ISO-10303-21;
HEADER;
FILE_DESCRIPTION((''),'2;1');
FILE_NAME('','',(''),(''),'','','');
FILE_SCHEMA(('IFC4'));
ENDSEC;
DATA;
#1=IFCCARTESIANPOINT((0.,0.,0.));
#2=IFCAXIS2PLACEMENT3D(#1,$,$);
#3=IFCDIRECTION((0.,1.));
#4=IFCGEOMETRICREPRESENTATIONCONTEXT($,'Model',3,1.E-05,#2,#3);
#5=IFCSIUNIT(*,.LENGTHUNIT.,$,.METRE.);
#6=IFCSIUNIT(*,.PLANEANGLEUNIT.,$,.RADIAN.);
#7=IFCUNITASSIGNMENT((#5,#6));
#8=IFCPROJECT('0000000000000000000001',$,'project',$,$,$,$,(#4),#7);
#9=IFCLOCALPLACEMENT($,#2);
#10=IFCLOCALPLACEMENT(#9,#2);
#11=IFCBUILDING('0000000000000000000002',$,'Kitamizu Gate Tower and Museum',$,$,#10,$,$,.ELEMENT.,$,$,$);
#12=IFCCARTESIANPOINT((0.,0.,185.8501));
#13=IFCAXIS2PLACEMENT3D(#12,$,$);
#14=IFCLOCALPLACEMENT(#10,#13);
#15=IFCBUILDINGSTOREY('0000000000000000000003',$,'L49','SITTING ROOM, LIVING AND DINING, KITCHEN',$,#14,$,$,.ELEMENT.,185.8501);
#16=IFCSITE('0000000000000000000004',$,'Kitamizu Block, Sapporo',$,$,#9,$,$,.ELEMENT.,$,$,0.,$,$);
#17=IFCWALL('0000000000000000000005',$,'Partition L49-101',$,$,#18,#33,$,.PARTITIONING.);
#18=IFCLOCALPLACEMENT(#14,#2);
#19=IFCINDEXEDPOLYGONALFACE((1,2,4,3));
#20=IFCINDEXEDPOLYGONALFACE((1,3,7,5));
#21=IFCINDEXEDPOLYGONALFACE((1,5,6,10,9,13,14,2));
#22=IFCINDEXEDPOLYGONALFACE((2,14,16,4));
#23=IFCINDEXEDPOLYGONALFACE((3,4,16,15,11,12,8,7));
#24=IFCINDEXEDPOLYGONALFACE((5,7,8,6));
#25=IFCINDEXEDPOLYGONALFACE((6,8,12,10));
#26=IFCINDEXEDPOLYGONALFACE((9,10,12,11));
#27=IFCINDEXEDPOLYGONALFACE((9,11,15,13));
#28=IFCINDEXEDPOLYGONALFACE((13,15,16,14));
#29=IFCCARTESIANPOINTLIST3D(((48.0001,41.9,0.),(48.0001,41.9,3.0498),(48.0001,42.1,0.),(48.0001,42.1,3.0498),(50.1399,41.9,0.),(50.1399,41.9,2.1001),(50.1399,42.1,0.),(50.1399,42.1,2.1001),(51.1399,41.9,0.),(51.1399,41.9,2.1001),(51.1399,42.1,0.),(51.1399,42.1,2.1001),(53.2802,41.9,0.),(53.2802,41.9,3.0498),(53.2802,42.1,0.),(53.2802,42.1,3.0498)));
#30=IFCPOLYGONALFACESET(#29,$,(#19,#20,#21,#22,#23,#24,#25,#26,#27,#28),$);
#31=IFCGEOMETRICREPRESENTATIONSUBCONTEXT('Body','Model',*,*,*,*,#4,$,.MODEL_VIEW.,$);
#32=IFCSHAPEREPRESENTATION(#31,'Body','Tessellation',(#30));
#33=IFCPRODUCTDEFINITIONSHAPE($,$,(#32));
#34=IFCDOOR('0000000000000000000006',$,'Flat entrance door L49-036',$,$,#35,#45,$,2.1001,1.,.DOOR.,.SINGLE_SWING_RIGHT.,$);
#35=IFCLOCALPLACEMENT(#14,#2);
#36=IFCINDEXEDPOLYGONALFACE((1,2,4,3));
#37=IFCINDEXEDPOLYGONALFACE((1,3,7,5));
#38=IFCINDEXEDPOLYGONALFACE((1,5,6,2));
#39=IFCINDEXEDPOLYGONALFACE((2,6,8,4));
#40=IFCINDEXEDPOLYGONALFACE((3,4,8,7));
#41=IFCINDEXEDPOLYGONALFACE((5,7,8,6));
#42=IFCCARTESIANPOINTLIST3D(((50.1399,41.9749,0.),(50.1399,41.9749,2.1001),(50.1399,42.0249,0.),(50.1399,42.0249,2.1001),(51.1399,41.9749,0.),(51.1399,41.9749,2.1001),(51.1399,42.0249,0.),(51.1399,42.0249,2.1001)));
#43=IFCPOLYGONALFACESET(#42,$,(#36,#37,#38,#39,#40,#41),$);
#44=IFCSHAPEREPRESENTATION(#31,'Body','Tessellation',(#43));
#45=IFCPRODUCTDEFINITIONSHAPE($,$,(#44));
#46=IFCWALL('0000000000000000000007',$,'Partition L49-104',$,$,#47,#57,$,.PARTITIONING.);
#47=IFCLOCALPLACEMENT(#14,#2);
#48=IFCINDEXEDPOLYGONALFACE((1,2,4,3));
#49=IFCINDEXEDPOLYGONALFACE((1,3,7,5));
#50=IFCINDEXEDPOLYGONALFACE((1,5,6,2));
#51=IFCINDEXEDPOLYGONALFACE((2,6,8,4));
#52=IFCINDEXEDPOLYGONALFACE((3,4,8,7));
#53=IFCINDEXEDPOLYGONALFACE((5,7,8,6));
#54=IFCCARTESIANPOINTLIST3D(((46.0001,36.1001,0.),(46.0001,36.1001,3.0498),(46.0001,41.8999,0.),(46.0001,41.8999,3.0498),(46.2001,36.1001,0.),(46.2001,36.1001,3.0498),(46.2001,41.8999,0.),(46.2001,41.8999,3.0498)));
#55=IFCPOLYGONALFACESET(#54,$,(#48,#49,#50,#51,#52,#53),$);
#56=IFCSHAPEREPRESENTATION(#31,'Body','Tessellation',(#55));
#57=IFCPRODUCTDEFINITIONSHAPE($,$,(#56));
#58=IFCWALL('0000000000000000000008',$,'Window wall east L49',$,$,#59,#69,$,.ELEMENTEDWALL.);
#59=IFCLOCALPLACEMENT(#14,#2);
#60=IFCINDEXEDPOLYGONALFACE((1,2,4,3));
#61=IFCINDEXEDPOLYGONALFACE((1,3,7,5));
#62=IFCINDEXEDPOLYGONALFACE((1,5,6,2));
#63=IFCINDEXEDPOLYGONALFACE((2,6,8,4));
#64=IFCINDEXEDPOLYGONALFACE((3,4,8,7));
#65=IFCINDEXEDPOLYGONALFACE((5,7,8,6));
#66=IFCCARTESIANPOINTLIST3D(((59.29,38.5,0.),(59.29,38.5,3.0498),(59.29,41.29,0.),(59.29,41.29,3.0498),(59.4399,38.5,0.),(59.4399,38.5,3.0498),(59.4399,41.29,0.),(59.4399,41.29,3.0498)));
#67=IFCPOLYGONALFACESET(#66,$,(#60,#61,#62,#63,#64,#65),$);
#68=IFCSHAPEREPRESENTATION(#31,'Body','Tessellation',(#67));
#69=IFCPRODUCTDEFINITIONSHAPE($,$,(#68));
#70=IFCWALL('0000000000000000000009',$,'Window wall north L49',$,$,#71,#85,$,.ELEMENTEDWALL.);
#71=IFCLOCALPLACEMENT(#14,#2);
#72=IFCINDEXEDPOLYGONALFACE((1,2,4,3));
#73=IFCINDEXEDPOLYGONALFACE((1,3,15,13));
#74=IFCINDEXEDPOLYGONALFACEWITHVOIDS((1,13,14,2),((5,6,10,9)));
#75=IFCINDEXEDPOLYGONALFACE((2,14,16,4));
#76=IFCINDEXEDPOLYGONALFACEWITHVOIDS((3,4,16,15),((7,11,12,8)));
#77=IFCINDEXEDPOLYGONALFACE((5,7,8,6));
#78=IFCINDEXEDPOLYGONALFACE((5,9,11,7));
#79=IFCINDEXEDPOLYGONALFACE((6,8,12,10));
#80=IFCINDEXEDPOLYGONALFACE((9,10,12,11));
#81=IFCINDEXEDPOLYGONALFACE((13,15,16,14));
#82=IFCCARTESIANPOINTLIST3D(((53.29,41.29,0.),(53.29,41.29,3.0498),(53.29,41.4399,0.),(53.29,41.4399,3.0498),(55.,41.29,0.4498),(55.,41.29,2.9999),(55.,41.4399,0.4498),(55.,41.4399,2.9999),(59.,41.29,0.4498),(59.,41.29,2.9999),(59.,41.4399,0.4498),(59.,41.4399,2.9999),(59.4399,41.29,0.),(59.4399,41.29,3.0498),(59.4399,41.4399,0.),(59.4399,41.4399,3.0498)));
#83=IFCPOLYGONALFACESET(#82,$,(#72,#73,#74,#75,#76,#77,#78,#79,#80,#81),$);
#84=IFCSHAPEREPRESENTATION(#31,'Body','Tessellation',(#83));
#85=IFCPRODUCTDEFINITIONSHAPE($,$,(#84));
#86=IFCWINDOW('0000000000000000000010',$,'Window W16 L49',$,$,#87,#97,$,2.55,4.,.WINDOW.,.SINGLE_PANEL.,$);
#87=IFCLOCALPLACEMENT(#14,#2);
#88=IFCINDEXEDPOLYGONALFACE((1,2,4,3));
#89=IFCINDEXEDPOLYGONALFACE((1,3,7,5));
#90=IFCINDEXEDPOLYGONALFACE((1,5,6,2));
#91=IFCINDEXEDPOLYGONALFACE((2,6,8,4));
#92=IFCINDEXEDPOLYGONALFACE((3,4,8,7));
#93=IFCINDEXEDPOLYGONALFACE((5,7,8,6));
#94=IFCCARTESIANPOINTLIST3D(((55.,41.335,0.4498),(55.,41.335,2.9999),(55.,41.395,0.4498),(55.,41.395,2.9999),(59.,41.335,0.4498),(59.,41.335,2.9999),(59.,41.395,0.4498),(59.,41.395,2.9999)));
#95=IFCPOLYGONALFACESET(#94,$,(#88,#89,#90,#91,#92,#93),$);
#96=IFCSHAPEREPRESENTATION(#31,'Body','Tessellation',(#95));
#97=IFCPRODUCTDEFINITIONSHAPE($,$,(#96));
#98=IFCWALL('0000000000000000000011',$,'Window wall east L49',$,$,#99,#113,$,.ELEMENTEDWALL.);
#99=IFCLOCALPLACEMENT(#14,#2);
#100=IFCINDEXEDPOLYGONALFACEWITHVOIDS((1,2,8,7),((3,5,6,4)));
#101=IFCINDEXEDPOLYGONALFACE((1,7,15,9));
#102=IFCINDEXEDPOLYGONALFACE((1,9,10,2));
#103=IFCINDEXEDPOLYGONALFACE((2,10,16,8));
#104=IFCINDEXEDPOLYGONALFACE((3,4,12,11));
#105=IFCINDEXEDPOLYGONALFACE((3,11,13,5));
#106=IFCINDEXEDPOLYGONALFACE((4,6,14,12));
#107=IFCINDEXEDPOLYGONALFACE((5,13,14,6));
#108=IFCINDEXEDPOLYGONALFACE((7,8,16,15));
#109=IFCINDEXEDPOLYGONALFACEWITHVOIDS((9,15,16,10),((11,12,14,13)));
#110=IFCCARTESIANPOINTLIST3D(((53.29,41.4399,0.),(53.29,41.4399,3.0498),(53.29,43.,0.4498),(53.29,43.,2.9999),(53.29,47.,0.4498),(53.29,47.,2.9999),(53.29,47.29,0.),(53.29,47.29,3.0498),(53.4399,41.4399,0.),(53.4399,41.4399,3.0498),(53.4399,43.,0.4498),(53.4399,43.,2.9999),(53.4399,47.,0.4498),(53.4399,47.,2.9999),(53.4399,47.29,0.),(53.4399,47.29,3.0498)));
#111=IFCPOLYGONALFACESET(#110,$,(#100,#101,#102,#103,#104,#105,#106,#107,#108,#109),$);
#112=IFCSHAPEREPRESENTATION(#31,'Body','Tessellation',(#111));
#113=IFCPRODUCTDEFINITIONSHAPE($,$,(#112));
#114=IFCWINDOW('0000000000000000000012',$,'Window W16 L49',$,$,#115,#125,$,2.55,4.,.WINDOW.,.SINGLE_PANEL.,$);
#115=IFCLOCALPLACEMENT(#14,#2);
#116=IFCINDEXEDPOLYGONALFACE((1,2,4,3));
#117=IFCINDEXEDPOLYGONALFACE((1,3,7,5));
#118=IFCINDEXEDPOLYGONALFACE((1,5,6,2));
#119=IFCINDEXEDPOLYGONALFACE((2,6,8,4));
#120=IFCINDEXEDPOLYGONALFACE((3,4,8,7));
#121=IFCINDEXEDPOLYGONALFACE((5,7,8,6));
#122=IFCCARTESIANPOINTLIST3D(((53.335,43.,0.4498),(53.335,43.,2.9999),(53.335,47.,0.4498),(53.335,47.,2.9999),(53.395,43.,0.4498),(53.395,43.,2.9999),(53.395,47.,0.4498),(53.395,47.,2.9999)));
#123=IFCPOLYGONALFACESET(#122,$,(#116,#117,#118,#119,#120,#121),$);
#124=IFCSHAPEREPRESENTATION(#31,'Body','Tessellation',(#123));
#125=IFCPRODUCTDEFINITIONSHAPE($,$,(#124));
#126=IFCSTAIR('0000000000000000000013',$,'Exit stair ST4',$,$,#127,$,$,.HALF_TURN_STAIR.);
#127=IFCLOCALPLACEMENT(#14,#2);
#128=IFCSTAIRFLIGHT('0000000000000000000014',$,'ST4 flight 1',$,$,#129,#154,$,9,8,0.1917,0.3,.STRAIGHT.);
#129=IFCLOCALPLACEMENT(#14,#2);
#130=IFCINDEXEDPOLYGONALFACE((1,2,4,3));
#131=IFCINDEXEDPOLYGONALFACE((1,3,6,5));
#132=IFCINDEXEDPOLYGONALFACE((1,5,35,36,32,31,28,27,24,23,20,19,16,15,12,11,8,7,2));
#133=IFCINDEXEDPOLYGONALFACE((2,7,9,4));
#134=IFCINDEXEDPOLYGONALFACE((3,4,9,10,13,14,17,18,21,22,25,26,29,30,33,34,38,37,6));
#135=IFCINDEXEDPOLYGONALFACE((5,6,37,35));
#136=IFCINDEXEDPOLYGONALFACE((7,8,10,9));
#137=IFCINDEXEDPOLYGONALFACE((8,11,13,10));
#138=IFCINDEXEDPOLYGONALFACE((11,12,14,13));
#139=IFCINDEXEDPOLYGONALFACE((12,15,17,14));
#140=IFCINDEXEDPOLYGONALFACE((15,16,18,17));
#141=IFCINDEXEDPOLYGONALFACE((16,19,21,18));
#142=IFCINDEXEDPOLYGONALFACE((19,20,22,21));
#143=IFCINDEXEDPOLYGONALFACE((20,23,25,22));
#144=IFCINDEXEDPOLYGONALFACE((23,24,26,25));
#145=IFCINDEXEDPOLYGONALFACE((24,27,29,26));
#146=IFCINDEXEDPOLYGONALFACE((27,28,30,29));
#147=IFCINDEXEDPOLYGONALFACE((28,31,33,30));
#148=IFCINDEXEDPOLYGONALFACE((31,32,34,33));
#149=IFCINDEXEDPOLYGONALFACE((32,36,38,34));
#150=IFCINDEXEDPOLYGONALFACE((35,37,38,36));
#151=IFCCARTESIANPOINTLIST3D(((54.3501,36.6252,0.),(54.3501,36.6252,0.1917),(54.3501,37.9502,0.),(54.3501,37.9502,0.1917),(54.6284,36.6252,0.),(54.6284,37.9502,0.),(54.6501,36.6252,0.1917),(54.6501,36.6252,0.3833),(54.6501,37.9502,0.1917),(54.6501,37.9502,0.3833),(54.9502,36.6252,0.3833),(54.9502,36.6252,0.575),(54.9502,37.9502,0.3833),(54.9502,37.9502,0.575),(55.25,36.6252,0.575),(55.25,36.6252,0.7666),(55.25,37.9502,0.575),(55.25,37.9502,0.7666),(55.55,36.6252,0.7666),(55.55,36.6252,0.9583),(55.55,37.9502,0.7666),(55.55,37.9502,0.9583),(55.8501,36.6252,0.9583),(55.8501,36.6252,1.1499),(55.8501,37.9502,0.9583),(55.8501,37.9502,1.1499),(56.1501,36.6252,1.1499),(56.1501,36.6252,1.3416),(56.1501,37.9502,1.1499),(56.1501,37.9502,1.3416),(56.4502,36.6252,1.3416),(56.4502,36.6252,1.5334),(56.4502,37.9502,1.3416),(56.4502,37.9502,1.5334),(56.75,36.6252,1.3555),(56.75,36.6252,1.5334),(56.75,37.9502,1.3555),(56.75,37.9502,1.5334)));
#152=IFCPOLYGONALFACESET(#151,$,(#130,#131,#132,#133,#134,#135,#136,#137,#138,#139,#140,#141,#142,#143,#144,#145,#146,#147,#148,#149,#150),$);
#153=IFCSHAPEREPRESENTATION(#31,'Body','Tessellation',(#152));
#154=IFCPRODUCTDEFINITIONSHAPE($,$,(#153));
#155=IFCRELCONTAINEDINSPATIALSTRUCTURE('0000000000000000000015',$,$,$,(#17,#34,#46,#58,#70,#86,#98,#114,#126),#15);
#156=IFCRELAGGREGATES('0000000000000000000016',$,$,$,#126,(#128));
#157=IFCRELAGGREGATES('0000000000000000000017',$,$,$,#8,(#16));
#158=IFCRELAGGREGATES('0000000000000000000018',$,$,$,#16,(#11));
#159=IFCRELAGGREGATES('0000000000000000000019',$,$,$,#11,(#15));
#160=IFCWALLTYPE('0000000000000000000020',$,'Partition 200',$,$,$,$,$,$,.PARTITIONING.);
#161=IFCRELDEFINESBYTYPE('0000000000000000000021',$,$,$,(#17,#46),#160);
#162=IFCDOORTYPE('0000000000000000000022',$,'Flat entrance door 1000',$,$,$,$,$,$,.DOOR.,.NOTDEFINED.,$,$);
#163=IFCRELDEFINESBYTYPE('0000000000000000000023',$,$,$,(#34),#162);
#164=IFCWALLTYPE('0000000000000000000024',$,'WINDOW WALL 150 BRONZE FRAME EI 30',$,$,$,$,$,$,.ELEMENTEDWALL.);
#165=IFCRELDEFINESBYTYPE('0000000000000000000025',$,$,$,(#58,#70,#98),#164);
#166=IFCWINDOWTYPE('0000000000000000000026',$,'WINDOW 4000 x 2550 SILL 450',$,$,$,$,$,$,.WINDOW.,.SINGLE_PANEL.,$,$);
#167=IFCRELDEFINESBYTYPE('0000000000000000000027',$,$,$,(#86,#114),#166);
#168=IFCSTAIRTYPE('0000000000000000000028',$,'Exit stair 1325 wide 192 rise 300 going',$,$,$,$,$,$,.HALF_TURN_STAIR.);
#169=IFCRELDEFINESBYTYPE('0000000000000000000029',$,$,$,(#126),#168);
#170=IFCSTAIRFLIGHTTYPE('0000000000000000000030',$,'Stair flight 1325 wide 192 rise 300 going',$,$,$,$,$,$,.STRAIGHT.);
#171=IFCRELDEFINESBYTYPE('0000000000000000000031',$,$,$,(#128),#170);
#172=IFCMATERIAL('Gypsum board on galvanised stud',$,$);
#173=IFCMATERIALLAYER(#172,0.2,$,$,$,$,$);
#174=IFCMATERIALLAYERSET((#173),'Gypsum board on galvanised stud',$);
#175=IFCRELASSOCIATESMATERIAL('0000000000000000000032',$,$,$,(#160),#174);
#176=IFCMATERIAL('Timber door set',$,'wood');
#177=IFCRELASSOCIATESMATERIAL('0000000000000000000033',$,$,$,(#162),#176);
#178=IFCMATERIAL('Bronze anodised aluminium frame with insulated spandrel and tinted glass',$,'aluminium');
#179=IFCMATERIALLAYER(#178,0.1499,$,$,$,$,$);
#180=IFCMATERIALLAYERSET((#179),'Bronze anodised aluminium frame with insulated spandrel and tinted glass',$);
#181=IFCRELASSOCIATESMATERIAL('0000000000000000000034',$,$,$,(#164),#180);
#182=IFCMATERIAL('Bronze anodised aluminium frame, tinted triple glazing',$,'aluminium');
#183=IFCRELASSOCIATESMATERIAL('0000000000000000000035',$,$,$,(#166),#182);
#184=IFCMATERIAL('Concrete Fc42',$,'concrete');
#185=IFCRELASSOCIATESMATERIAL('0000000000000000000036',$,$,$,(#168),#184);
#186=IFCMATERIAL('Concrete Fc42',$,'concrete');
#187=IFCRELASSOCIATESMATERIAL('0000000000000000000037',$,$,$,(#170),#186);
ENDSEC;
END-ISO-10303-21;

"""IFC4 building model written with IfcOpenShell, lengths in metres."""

from ifc_helpers import new_model, si_unit, direction, frame, frame_2d, origin, place, context, subcontext, project, spatial, polyline, rectangle, outline, extrude, material, layer, layer_set, type_object, element, fill, aggregate, save


model = new_model("IFC4")

# Units and contexts
model_context = context("Model", 3, precision=1e-05, world=origin(), true_north=direction((0.0, 1.0)))
body_context = subcontext(model_context, "Body", "Model", "MODEL_VIEW")
ifc_project = project(units=[si_unit("LENGTHUNIT", "METRE"), si_unit("PLANEANGLEUNIT", "RADIAN")], contexts=[model_context])

# Site, building, storey
site_placement = place(None, origin())
site = spatial("IfcSite", under=ifc_project, at=site_placement, Name="Kitamizu Block, Sapporo", CompositionType="ELEMENT", RefElevation=0.0)
building_placement = place(site_placement, origin())
building = spatial("IfcBuilding", under=site, at=building_placement, Name="Kitamizu Gate Tower and Museum", CompositionType="ELEMENT")
storey_placement = place(building_placement, frame((0.0, 0.0, 185.8501)))
storey = spatial("IfcBuildingStorey", under=building, at=storey_placement, Name="L49", Description="SITTING ROOM, LIVING AND DINING, KITCHEN", CompositionType="ELEMENT", Elevation=185.8501)

# Shared definitions
ifc_material_1 = material(Name="Gypsum board on galvanised stud")
ifc_layer_1 = layer(ifc_material_1, 0.2)
ifc_layer_set_1 = layer_set([ifc_layer_1], Name="Gypsum board on galvanised stud")
wall_type_1 = type_object("IfcWallType", Name="Partition 200", PredefinedType="PARTITIONING", material=ifc_layer_set_1)

# Wall, opening, door
wall_1_placement = place(storey_placement, frame((48.0, 42.0, 0.0), z_axis=(0.0, 0.0, 1.0), x_axis=(1.0, 0.0, 0.0)))
wall_1 = element("IfcWall", 1, at=wall_1_placement, inside=storey, type_object=wall_type_1, Name="Partition L49-101", PredefinedType="PARTITIONING", context=body_context, shape_type="SweptSolid", body=[
    extrude(rectangle(XDim=5.28, YDim=0.2, at=frame_2d((2.6401, 0.0))), origin(), (0.0, 0.0, 1.0), 3.0498),
])
opening_1_placement = place(wall_1_placement, frame((2.1399, 0.0, 0.0)))
opening_1 = element("IfcOpeningElement", 2, at=opening_1_placement, cuts=wall_1, PredefinedType="OPENING", context=body_context, shape_type="SweptSolid", body=[
    extrude(rectangle(XDim=1.0, YDim=2.1001, at=frame_2d((0.5, 1.05))), frame((0.0, 0.1099, 0.0), z_axis=(0.0, -1.0, 0.0), x_axis=(1.0, 0.0, 0.0)), (0.0, 0.0, 1.0), 0.22),
])
ifc_material_2 = material(Name="Timber door set", Category="wood")
door_type_1 = type_object("IfcDoorType", Name="Flat entrance door 1000", OperationType="NOTDEFINED", PredefinedType="DOOR", material=ifc_material_2)
door_1_placement = place(opening_1_placement, origin())
door_1 = element("IfcDoor", 3, at=door_1_placement, inside=storey, type_object=door_type_1, Name="Flat entrance door L49-036", OperationType="SINGLE_SWING_RIGHT", OverallHeight=2.1001, OverallWidth=1.0, PredefinedType="DOOR", context=body_context, shape_type="SweptSolid", body=[
    extrude(rectangle(XDim=1.0, YDim=2.1001, at=frame_2d((0.5, 1.05))), frame((0.0, 0.0249, 0.0), z_axis=(0.0, -1.0, 0.0), x_axis=(1.0, 0.0, 0.0)), (0.0, 0.0, 1.0), 0.05),
])
fill(opening_1, door_1)

# Walls
wall_2_placement = place(storey_placement, frame((46.1001, 36.1001, 0.0), z_axis=(0.0, 0.0, 1.0), x_axis=(0.0, 1.0, 0.0)))
element("IfcWall", 4, at=wall_2_placement, inside=storey, type_object=wall_type_1, Name="Partition L49-104", PredefinedType="PARTITIONING", context=body_context, shape_type="SweptSolid", body=[
    extrude(rectangle(XDim=5.7998, YDim=0.2, at=frame_2d((2.8999, 0.0))), origin(), (0.0, 0.0, 1.0), 3.0498),
])
ifc_material_3 = material(Name="Bronze anodised aluminium frame with insulated spandrel and tinted glass", Category="aluminium")
ifc_layer_2 = layer(ifc_material_3, 0.1499)
ifc_layer_set_2 = layer_set([ifc_layer_2], Name="Bronze anodised aluminium frame with insulated spandrel and tinted glass")
wall_type_2 = type_object("IfcWallType", Name="WINDOW WALL 150 BRONZE FRAME EI 30", PredefinedType="ELEMENTEDWALL", material=ifc_layer_set_2)
wall_3_placement = place(storey_placement, frame((59.365, 38.5, 0.0), z_axis=(0.0, 0.0, 1.0), x_axis=(0.0, 1.0, 0.0)))
element("IfcWall", 5, at=wall_3_placement, inside=storey, type_object=wall_type_2, Name="Window wall east L49", PredefinedType="ELEMENTEDWALL", context=body_context, shape_type="SweptSolid", body=[
    extrude(rectangle(XDim=2.79, YDim=0.1499, at=frame_2d((1.395, 0.0))), origin(), (0.0, 0.0, 1.0), 3.0498),
])

# Walls, openings, windows
wall_4_placement = place(storey_placement, frame((53.29, 41.365, 0.0), z_axis=(0.0, 0.0, 1.0), x_axis=(1.0, 0.0, 0.0)))
wall_4 = element("IfcWall", 6, at=wall_4_placement, inside=storey, type_object=wall_type_2, Name="Window wall north L49", PredefinedType="ELEMENTEDWALL", context=body_context, shape_type="SweptSolid", body=[
    extrude(rectangle(XDim=6.1499, YDim=0.1499, at=frame_2d((3.075, 0.0))), origin(), (0.0, 0.0, 1.0), 3.0498),
])
opening_2_placement = place(wall_4_placement, frame((1.71, 0.0, 0.45)))
opening_2 = element("IfcOpeningElement", 7, at=opening_2_placement, cuts=wall_4, PredefinedType="OPENING", context=body_context, shape_type="SweptSolid", body=[
    extrude(rectangle(XDim=4.0, YDim=2.55, at=frame_2d((2.0, 1.2749))), frame((0.0, 0.085, 0.0), z_axis=(0.0, -1.0, 0.0), x_axis=(1.0, 0.0, 0.0)), (0.0, 0.0, 1.0), 0.1699),
])
ifc_material_4 = material(Name="Bronze anodised aluminium frame, tinted triple glazing", Category="aluminium")
window_type = type_object("IfcWindowType", Name="WINDOW 4000 x 2550 SILL 450", PartitioningType="SINGLE_PANEL", PredefinedType="WINDOW", material=ifc_material_4)
window_1_placement = place(opening_2_placement, origin())
window_1 = element("IfcWindow", 8, at=window_1_placement, inside=storey, type_object=window_type, Name="Window W16 L49", OverallHeight=2.55, OverallWidth=4.0, PartitioningType="SINGLE_PANEL", PredefinedType="WINDOW", context=body_context, shape_type="SweptSolid", body=[
    extrude(rectangle(XDim=4.0, YDim=2.55, at=frame_2d((2.0, 1.2749))), frame((0.0, 0.03, 0.0), z_axis=(0.0, -1.0, 0.0), x_axis=(1.0, 0.0, 0.0)), (0.0, 0.0, 1.0), 0.0601),
])
fill(opening_2, window_1)
wall_5_placement = place(storey_placement, frame((53.365, 41.4399, 0.0), z_axis=(0.0, 0.0, 1.0), x_axis=(0.0, 1.0, 0.0)))
wall_5 = element("IfcWall", 9, at=wall_5_placement, inside=storey, type_object=wall_type_2, Name="Window wall east L49", PredefinedType="ELEMENTEDWALL", context=body_context, shape_type="SweptSolid", body=[
    extrude(rectangle(XDim=5.8501, YDim=0.1499, at=frame_2d((2.925, 0.0))), origin(), (0.0, 0.0, 1.0), 3.0498),
])
opening_3_placement = place(wall_5_placement, frame((1.5601, 0.0, 0.45)))
opening_3 = element("IfcOpeningElement", 10, at=opening_3_placement, cuts=wall_5, PredefinedType="OPENING", context=body_context, shape_type="SweptSolid", body=[
    extrude(rectangle(XDim=4.0, YDim=2.55, at=frame_2d((2.0, 1.2749))), frame((0.0, 0.085, 0.0), z_axis=(0.0, -1.0, 0.0), x_axis=(1.0, 0.0, 0.0)), (0.0, 0.0, 1.0), 0.1699),
])
window_2_placement = place(opening_3_placement, origin())
window_2 = element("IfcWindow", 11, at=window_2_placement, inside=storey, type_object=window_type, Name="Window W16 L49", OverallHeight=2.55, OverallWidth=4.0, PartitioningType="SINGLE_PANEL", PredefinedType="WINDOW", context=body_context, shape_type="SweptSolid", body=[
    extrude(rectangle(XDim=4.0, YDim=2.55, at=frame_2d((2.0, 1.2749))), frame((0.0, 0.03, 0.0), z_axis=(0.0, -1.0, 0.0), x_axis=(1.0, 0.0, 0.0)), (0.0, 0.0, 1.0), 0.0601),
])
fill(opening_3, window_2)

# Stair, stair flight
ifc_material_5 = material(Name="Concrete Fc42", Category="concrete")
stair_type = type_object("IfcStairType", Name="Exit stair 1325 wide 192 rise 300 going", PredefinedType="HALF_TURN_STAIR", material=ifc_material_5)
stair_placement = place(storey_placement, origin())
stair = element("IfcStair", 12, at=stair_placement, inside=storey, type_object=stair_type, Name="Exit stair ST4", PredefinedType="HALF_TURN_STAIR")
ifc_material_6 = material(Name="Concrete Fc42", Category="concrete")
stair_flight_type = type_object("IfcStairFlightType", Name="Stair flight 1325 wide 192 rise 300 going", PredefinedType="STRAIGHT", material=ifc_material_6)
stair_flight_placement = place(storey_placement, frame((54.3501, 37.2876, 0.0), z_axis=(0.0, 0.0, 1.0), x_axis=(1.0, 0.0, 0.0)))
stair_flight = element("IfcStairFlight", 13, at=stair_flight_placement, type_object=stair_flight_type, Name="ST4 flight 1", NumberOfRisers=9, NumberOfTreads=8, PredefinedType="STRAIGHT", RiserHeight=0.1917, TreadLength=0.3, context=body_context, shape_type="SweptSolid", body=[
    extrude(outline(polyline([(0.0, 0.0), (0.0, 0.1917), (0.3, 0.1917), (0.3, 0.3833), (0.6001, 0.3833), (0.6001, 0.575), (0.8999, 0.575), (0.8999, 0.7666), (1.2, 0.7666), (1.2, 0.9583), (1.5, 0.9583), (1.5, 1.1499), (1.8, 1.1499), (1.8, 1.3416), (2.1001, 1.3416), (2.1001, 1.5334), (2.3999, 1.5334), (2.3999, 1.7251), (2.3999, 1.3555), (0.2783, 0.0), (0.0, 0.0)])), frame((0.0, 0.6626, 0.0), z_axis=(0.0, -1.0, 0.0), x_axis=(1.0, 0.0, 0.0)), (0.0, 0.0, 1.0), 1.325),
])
aggregate(stair, [stair_flight])

save(model, "model.ifc")
